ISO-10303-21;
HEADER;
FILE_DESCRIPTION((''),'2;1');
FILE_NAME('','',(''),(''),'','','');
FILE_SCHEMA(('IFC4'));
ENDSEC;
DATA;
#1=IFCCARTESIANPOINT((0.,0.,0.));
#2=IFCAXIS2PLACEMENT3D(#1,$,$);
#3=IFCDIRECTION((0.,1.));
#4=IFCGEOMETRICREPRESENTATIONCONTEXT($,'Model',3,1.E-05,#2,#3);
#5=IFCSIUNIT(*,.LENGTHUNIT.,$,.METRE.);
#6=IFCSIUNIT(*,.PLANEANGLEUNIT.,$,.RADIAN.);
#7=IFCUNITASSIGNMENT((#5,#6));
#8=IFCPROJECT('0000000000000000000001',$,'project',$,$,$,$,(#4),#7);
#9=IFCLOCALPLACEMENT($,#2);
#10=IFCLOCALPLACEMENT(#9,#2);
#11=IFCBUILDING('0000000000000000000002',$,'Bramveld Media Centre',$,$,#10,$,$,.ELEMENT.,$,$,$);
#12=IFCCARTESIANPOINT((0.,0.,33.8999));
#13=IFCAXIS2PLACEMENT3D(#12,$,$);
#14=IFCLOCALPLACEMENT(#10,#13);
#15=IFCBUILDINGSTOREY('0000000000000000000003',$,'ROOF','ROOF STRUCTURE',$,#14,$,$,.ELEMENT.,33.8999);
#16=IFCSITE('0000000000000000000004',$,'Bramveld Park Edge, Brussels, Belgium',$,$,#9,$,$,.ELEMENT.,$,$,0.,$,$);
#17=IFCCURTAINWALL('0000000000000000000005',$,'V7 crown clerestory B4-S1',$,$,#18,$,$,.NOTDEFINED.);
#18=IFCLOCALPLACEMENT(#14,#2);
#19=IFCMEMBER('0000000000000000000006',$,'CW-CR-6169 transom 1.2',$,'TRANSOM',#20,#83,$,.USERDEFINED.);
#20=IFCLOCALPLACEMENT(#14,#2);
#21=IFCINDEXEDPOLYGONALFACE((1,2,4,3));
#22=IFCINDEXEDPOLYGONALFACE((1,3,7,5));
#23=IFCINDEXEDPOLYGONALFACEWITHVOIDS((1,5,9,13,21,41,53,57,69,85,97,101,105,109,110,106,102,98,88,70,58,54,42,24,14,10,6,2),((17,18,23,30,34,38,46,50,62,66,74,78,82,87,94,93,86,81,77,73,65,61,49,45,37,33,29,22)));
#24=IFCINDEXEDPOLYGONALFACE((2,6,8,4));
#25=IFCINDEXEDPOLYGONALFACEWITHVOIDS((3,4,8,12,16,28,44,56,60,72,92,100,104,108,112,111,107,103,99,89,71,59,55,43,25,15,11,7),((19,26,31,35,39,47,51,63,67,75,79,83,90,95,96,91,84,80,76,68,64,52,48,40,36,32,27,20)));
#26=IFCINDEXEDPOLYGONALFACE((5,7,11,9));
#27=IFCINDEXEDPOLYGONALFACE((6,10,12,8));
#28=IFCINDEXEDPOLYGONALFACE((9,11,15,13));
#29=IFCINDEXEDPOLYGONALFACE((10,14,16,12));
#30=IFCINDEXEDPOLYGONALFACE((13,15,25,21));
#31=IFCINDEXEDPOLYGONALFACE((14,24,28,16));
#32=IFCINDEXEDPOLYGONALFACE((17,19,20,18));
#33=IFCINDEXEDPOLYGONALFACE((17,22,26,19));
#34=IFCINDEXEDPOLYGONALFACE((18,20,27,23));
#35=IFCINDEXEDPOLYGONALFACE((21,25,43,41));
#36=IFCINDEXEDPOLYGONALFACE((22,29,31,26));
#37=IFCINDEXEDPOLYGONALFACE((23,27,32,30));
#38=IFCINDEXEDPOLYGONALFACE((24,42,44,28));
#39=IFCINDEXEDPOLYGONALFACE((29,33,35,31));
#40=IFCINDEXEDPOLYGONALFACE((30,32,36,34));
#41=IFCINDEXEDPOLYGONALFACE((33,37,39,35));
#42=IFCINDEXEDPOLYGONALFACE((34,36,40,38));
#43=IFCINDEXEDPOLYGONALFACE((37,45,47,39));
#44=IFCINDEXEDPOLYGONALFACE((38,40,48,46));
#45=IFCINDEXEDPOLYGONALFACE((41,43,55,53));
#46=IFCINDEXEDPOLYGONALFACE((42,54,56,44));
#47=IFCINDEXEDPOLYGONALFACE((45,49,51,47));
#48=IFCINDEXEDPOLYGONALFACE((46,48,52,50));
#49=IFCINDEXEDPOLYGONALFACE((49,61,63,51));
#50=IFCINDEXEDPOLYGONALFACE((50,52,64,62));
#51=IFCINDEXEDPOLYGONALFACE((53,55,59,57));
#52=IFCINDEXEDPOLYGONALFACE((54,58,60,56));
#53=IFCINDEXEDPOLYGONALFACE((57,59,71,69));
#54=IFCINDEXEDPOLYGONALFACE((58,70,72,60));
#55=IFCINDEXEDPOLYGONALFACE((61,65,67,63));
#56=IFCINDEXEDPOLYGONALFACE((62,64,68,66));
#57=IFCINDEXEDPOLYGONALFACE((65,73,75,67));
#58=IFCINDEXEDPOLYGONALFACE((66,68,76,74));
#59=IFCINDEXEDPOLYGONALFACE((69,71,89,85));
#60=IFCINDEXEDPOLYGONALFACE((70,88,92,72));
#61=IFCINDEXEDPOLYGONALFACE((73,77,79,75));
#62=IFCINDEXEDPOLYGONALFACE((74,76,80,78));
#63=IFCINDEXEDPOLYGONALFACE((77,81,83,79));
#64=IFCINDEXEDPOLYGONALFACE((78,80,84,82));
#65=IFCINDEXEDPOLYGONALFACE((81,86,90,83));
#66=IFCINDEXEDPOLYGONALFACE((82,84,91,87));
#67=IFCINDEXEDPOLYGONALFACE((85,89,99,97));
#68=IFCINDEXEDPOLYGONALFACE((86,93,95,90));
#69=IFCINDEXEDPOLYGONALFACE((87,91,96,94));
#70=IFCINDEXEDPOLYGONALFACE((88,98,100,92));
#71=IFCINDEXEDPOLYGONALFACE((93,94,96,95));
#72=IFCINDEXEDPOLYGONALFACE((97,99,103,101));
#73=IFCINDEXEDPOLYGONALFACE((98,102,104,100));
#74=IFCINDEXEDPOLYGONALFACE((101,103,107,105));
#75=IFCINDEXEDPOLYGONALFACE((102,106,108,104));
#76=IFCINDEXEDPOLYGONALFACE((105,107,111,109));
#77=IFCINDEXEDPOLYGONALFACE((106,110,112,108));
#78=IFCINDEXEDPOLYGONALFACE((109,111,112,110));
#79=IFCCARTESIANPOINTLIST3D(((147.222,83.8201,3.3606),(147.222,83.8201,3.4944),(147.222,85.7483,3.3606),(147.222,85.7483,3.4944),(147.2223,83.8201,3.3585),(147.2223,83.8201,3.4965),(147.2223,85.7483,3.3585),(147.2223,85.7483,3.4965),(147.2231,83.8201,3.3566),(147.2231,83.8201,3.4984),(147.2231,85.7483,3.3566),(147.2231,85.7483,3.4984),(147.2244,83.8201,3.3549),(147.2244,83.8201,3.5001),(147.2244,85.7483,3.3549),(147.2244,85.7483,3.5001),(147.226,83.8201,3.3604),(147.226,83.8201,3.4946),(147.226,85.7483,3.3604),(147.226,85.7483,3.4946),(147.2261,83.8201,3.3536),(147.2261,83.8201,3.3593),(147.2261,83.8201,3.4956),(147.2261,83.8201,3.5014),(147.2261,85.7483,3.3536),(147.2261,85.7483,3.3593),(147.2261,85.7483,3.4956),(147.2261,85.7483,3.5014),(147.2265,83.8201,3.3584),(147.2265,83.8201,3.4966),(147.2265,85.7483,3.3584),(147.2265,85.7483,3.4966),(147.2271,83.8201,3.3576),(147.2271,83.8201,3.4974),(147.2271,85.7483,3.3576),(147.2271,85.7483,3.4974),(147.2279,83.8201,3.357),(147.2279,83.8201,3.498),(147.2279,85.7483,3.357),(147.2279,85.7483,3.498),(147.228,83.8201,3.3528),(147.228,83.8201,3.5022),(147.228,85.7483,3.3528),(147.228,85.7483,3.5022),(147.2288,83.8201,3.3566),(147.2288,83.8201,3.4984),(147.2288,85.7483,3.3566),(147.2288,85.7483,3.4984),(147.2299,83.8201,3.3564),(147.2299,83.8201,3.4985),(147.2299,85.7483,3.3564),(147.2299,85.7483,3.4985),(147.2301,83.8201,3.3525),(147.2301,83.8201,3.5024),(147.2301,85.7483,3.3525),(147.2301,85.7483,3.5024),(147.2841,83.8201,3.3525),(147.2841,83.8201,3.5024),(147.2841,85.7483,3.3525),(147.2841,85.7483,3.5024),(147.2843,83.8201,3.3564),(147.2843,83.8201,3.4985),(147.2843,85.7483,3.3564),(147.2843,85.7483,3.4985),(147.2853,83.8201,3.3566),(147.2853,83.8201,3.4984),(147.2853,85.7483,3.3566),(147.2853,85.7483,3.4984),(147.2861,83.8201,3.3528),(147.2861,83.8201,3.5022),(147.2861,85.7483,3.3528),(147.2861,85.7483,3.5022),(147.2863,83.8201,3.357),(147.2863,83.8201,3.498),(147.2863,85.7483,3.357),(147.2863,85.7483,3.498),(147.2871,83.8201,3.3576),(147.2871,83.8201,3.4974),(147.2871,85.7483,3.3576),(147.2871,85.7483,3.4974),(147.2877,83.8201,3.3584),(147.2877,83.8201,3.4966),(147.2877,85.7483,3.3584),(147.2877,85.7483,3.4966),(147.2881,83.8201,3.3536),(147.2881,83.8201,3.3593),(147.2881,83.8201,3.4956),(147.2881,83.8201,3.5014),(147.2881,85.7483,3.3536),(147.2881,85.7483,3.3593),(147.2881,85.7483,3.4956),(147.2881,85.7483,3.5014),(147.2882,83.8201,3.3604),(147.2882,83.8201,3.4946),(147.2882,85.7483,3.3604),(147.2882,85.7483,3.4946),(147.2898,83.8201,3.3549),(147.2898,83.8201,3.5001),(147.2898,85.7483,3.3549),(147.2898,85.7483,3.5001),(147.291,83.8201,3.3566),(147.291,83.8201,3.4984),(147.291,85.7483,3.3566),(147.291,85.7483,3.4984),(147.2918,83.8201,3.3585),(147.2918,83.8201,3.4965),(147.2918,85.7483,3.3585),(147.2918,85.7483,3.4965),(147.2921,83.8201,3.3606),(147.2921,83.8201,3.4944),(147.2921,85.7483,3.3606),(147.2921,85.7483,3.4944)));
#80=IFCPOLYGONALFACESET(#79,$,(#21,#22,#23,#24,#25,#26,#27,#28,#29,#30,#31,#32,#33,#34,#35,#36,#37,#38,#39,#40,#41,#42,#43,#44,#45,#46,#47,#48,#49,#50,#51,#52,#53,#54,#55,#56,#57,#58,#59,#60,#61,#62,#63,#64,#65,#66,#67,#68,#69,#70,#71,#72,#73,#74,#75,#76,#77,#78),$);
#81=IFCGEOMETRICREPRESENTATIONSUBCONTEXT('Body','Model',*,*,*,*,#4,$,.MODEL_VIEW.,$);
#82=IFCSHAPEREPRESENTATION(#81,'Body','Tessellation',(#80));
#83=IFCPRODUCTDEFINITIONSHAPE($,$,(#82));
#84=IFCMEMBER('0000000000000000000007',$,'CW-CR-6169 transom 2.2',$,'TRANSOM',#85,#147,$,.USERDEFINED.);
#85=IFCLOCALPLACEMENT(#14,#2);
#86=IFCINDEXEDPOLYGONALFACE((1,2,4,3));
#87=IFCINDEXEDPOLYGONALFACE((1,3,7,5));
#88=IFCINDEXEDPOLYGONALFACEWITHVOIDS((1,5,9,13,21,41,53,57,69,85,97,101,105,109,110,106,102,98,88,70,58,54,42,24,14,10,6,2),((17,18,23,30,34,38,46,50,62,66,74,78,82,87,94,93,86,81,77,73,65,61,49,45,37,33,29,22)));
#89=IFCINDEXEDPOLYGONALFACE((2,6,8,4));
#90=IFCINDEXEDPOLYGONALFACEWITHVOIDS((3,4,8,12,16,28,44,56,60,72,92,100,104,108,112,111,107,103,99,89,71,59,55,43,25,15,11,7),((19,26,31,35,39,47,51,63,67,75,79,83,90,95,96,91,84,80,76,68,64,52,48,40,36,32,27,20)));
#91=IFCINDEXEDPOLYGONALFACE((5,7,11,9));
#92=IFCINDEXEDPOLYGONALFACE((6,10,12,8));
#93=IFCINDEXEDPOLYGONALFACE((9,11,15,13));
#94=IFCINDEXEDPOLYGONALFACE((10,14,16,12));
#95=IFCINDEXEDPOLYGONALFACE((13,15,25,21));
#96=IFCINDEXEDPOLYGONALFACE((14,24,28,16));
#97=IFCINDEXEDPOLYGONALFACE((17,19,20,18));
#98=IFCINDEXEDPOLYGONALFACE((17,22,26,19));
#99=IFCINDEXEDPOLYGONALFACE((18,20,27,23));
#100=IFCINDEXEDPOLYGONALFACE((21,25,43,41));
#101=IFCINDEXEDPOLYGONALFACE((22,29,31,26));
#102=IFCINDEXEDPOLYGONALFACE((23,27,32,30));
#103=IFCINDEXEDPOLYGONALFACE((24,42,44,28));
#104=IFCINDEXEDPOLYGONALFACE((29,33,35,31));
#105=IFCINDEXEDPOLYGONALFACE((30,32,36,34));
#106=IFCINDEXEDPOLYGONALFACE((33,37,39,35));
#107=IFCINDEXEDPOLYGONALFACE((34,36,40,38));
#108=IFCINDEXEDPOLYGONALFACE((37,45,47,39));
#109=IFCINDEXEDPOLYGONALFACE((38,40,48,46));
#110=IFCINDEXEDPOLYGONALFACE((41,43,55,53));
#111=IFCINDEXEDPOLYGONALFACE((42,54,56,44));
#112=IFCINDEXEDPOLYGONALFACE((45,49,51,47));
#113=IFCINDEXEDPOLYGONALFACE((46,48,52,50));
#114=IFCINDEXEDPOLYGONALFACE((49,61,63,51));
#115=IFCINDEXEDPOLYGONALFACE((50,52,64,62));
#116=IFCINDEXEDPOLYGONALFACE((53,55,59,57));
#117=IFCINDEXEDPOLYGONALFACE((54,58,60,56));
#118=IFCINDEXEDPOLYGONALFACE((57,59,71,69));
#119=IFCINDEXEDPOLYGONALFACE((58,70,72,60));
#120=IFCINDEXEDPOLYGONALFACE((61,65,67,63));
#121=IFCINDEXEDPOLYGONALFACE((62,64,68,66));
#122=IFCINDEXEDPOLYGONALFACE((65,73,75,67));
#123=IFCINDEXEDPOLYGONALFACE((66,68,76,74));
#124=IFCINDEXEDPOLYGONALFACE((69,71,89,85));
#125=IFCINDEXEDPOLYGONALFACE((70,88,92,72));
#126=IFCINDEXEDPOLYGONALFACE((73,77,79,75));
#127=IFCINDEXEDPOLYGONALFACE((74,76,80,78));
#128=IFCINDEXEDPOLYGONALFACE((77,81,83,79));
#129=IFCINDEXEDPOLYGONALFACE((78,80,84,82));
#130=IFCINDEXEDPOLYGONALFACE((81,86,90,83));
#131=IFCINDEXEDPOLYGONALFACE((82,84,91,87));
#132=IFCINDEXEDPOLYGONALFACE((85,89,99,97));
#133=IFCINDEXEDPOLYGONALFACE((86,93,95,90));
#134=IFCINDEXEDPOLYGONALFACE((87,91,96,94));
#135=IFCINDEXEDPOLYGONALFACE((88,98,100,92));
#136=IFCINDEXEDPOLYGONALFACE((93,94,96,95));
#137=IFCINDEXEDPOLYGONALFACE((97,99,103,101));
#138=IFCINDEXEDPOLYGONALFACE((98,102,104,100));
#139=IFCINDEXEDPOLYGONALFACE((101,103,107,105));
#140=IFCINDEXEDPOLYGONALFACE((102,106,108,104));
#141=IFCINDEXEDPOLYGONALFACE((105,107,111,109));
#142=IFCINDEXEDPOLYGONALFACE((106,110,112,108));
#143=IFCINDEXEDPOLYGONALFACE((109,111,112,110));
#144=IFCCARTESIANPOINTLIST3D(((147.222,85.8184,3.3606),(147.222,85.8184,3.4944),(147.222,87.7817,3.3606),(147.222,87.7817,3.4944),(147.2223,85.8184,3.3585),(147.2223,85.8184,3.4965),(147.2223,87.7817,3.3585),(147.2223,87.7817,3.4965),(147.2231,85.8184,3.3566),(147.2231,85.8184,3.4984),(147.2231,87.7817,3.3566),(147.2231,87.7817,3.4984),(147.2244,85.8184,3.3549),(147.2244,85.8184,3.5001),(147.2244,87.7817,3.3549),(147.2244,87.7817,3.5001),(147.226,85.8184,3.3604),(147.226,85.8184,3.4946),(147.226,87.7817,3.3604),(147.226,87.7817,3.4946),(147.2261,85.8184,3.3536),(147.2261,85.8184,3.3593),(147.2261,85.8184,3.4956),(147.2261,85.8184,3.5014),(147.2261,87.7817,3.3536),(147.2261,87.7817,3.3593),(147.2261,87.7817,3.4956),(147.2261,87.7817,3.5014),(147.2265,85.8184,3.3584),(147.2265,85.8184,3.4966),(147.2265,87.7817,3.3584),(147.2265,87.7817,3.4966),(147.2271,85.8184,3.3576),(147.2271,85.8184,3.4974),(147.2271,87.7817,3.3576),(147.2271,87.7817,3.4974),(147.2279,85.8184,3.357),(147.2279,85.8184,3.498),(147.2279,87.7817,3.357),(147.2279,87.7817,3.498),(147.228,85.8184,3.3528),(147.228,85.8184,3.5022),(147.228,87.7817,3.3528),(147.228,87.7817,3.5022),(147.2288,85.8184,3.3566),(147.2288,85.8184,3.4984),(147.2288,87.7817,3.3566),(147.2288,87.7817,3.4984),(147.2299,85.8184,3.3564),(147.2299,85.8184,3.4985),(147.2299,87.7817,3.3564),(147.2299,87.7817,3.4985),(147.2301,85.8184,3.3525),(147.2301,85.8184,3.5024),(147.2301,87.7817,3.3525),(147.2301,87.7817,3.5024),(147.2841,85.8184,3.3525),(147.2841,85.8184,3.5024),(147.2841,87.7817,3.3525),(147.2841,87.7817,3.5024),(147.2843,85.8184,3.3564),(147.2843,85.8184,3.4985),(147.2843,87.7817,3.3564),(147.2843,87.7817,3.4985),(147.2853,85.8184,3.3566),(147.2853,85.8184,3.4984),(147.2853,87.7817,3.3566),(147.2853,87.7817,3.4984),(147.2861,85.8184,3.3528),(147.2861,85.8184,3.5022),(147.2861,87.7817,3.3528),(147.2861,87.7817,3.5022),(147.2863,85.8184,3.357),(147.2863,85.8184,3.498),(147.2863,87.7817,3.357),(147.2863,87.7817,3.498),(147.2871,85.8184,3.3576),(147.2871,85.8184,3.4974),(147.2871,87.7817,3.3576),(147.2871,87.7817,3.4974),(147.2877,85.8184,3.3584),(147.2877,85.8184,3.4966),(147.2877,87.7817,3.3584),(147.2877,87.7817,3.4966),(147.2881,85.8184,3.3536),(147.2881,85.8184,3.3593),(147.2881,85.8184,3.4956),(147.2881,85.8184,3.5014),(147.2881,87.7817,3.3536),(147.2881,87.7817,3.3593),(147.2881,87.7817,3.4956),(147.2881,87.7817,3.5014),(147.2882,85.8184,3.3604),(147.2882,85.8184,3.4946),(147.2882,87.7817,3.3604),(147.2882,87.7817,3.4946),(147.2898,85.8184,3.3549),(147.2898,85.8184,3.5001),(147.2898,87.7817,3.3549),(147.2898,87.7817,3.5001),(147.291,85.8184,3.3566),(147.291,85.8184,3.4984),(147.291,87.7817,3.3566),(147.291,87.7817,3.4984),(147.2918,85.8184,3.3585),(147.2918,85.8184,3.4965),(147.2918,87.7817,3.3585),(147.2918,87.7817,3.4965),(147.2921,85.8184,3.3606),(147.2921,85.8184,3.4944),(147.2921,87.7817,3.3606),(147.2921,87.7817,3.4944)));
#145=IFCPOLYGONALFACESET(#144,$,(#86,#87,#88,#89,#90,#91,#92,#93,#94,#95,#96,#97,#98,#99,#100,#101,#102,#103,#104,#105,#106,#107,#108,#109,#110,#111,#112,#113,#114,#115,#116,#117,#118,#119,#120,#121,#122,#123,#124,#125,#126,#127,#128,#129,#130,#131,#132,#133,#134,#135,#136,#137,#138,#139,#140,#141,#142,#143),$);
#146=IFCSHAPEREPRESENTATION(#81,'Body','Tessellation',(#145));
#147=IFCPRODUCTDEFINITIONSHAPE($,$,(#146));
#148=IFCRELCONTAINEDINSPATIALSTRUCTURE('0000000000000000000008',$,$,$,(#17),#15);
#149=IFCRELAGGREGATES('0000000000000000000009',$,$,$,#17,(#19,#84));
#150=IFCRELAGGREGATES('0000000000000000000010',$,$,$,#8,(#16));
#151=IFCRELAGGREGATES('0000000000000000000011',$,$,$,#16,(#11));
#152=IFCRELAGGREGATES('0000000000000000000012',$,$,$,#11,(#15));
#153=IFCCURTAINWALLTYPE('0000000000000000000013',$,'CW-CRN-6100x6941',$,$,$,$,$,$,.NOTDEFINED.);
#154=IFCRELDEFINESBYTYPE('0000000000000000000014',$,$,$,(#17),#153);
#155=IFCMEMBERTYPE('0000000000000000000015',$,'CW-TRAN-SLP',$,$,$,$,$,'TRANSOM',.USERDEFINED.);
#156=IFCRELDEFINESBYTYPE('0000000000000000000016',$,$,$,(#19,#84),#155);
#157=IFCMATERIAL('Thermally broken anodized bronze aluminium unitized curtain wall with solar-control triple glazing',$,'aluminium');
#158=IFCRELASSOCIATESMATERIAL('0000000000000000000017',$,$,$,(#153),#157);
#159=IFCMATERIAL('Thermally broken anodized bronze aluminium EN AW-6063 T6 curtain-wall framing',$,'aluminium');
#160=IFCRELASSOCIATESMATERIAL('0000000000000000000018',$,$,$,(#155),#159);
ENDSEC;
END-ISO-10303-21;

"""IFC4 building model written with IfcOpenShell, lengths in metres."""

from ifc_helpers import new_model, si_unit, direction, frame, origin, origin_2d, place, context, subcontext, project, spatial, hollow_rectangle, extrude, material, material_profile, profile_set, type_object, element, aggregate, save


model = new_model("IFC4")

# Units and contexts
model_context = context("Model", 3, precision=1e-05, world=origin(), true_north=direction((0.0, 1.0)))
body_context = subcontext(model_context, "Body", "Model", "MODEL_VIEW")
ifc_project = project(units=[si_unit("LENGTHUNIT", "METRE"), si_unit("PLANEANGLEUNIT", "RADIAN")], contexts=[model_context])

# Site, building, storey
site_placement = place(None, origin())
site = spatial("IfcSite", under=ifc_project, at=site_placement, Name="Bramveld Park Edge, Brussels, Belgium", CompositionType="ELEMENT", RefElevation=0.0)
building_placement = place(site_placement, origin())
building = spatial("IfcBuilding", under=site, at=building_placement, Name="Bramveld Media Centre", CompositionType="ELEMENT")
storey_placement = place(building_placement, frame((0.0, 0.0, 33.8999)))
storey = spatial("IfcBuildingStorey", under=building, at=storey_placement, Name="ROOF", Description="ROOF STRUCTURE", CompositionType="ELEMENT", Elevation=33.8999)

# Curtain wall, members
ifc_material_1 = material(Name="Thermally broken anodized bronze aluminium unitized curtain wall with solar-control triple glazing", Category="aluminium")
curtain_wall_type = type_object("IfcCurtainWallType", Name="CW-CRN-6100x6941", PredefinedType="NOTDEFINED", material=ifc_material_1)
curtain_wall_1_placement = place(storey_placement, origin())
curtain_wall_1 = element("IfcCurtainWall", 1, at=curtain_wall_1_placement, inside=storey, type_object=curtain_wall_type, Name="V7 crown clerestory B4-S1", PredefinedType="NOTDEFINED")
ifc_material_2 = material(Name="Thermally broken anodized bronze aluminium EN AW-6063 T6 curtain-wall framing", Category="aluminium")
ifc_material_profile_1 = material_profile(ifc_material_2, hollow_rectangle(XDim=0.0701, YDim=0.1499, WallThickness=0.0039, InnerFilletRadius=0.0039, OuterFilletRadius=0.0081, at=origin_2d()), Name="AL-TRAN 70x150")
ifc_profile_set_1 = profile_set([ifc_material_profile_1], Name="Thermally broken anodized bronze aluminium EN AW-6063 T6 curtain-wall framing")
member_type_1 = type_object("IfcMemberType", Name="CW-TRAN-SLP", ElementType="TRANSOM", PredefinedType="USERDEFINED", material=ifc_profile_set_1)
member_1_placement = place(storey_placement, frame((147.2571, 83.8201, 3.4275), z_axis=(0.0, 1.0, 0.0), x_axis=(-1.0, 0.0, 0.0)))
member_1 = element("IfcMember", 2, at=member_1_placement, type_object=member_type_1, Name="CW-CR-6169 transom 1.2", ObjectType="TRANSOM", PredefinedType="USERDEFINED", context=body_context, shape_type="SweptSolid", body=[
    extrude(hollow_rectangle(XDim=0.0701, YDim=0.1499, WallThickness=0.0039, InnerFilletRadius=0.0039, OuterFilletRadius=0.0081, at=origin_2d()), origin(), (0.0, 0.0, 1.0), 1.9282),
])
member_2_placement = place(storey_placement, frame((147.2571, 85.8184, 3.4275), z_axis=(0.0, 1.0, 0.0), x_axis=(-1.0, 0.0, 0.0)))
member_2 = element("IfcMember", 3, at=member_2_placement, type_object=member_type_1, Name="CW-CR-6169 transom 2.2", ObjectType="TRANSOM", PredefinedType="USERDEFINED", context=body_context, shape_type="SweptSolid", body=[
    extrude(hollow_rectangle(XDim=0.0701, YDim=0.1499, WallThickness=0.0039, InnerFilletRadius=0.0039, OuterFilletRadius=0.0081, at=origin_2d()), origin(), (0.0, 0.0, 1.0), 1.9634),
])

aggregate(curtain_wall_1, [member_1, member_2])

save(model, "model.ifc")
